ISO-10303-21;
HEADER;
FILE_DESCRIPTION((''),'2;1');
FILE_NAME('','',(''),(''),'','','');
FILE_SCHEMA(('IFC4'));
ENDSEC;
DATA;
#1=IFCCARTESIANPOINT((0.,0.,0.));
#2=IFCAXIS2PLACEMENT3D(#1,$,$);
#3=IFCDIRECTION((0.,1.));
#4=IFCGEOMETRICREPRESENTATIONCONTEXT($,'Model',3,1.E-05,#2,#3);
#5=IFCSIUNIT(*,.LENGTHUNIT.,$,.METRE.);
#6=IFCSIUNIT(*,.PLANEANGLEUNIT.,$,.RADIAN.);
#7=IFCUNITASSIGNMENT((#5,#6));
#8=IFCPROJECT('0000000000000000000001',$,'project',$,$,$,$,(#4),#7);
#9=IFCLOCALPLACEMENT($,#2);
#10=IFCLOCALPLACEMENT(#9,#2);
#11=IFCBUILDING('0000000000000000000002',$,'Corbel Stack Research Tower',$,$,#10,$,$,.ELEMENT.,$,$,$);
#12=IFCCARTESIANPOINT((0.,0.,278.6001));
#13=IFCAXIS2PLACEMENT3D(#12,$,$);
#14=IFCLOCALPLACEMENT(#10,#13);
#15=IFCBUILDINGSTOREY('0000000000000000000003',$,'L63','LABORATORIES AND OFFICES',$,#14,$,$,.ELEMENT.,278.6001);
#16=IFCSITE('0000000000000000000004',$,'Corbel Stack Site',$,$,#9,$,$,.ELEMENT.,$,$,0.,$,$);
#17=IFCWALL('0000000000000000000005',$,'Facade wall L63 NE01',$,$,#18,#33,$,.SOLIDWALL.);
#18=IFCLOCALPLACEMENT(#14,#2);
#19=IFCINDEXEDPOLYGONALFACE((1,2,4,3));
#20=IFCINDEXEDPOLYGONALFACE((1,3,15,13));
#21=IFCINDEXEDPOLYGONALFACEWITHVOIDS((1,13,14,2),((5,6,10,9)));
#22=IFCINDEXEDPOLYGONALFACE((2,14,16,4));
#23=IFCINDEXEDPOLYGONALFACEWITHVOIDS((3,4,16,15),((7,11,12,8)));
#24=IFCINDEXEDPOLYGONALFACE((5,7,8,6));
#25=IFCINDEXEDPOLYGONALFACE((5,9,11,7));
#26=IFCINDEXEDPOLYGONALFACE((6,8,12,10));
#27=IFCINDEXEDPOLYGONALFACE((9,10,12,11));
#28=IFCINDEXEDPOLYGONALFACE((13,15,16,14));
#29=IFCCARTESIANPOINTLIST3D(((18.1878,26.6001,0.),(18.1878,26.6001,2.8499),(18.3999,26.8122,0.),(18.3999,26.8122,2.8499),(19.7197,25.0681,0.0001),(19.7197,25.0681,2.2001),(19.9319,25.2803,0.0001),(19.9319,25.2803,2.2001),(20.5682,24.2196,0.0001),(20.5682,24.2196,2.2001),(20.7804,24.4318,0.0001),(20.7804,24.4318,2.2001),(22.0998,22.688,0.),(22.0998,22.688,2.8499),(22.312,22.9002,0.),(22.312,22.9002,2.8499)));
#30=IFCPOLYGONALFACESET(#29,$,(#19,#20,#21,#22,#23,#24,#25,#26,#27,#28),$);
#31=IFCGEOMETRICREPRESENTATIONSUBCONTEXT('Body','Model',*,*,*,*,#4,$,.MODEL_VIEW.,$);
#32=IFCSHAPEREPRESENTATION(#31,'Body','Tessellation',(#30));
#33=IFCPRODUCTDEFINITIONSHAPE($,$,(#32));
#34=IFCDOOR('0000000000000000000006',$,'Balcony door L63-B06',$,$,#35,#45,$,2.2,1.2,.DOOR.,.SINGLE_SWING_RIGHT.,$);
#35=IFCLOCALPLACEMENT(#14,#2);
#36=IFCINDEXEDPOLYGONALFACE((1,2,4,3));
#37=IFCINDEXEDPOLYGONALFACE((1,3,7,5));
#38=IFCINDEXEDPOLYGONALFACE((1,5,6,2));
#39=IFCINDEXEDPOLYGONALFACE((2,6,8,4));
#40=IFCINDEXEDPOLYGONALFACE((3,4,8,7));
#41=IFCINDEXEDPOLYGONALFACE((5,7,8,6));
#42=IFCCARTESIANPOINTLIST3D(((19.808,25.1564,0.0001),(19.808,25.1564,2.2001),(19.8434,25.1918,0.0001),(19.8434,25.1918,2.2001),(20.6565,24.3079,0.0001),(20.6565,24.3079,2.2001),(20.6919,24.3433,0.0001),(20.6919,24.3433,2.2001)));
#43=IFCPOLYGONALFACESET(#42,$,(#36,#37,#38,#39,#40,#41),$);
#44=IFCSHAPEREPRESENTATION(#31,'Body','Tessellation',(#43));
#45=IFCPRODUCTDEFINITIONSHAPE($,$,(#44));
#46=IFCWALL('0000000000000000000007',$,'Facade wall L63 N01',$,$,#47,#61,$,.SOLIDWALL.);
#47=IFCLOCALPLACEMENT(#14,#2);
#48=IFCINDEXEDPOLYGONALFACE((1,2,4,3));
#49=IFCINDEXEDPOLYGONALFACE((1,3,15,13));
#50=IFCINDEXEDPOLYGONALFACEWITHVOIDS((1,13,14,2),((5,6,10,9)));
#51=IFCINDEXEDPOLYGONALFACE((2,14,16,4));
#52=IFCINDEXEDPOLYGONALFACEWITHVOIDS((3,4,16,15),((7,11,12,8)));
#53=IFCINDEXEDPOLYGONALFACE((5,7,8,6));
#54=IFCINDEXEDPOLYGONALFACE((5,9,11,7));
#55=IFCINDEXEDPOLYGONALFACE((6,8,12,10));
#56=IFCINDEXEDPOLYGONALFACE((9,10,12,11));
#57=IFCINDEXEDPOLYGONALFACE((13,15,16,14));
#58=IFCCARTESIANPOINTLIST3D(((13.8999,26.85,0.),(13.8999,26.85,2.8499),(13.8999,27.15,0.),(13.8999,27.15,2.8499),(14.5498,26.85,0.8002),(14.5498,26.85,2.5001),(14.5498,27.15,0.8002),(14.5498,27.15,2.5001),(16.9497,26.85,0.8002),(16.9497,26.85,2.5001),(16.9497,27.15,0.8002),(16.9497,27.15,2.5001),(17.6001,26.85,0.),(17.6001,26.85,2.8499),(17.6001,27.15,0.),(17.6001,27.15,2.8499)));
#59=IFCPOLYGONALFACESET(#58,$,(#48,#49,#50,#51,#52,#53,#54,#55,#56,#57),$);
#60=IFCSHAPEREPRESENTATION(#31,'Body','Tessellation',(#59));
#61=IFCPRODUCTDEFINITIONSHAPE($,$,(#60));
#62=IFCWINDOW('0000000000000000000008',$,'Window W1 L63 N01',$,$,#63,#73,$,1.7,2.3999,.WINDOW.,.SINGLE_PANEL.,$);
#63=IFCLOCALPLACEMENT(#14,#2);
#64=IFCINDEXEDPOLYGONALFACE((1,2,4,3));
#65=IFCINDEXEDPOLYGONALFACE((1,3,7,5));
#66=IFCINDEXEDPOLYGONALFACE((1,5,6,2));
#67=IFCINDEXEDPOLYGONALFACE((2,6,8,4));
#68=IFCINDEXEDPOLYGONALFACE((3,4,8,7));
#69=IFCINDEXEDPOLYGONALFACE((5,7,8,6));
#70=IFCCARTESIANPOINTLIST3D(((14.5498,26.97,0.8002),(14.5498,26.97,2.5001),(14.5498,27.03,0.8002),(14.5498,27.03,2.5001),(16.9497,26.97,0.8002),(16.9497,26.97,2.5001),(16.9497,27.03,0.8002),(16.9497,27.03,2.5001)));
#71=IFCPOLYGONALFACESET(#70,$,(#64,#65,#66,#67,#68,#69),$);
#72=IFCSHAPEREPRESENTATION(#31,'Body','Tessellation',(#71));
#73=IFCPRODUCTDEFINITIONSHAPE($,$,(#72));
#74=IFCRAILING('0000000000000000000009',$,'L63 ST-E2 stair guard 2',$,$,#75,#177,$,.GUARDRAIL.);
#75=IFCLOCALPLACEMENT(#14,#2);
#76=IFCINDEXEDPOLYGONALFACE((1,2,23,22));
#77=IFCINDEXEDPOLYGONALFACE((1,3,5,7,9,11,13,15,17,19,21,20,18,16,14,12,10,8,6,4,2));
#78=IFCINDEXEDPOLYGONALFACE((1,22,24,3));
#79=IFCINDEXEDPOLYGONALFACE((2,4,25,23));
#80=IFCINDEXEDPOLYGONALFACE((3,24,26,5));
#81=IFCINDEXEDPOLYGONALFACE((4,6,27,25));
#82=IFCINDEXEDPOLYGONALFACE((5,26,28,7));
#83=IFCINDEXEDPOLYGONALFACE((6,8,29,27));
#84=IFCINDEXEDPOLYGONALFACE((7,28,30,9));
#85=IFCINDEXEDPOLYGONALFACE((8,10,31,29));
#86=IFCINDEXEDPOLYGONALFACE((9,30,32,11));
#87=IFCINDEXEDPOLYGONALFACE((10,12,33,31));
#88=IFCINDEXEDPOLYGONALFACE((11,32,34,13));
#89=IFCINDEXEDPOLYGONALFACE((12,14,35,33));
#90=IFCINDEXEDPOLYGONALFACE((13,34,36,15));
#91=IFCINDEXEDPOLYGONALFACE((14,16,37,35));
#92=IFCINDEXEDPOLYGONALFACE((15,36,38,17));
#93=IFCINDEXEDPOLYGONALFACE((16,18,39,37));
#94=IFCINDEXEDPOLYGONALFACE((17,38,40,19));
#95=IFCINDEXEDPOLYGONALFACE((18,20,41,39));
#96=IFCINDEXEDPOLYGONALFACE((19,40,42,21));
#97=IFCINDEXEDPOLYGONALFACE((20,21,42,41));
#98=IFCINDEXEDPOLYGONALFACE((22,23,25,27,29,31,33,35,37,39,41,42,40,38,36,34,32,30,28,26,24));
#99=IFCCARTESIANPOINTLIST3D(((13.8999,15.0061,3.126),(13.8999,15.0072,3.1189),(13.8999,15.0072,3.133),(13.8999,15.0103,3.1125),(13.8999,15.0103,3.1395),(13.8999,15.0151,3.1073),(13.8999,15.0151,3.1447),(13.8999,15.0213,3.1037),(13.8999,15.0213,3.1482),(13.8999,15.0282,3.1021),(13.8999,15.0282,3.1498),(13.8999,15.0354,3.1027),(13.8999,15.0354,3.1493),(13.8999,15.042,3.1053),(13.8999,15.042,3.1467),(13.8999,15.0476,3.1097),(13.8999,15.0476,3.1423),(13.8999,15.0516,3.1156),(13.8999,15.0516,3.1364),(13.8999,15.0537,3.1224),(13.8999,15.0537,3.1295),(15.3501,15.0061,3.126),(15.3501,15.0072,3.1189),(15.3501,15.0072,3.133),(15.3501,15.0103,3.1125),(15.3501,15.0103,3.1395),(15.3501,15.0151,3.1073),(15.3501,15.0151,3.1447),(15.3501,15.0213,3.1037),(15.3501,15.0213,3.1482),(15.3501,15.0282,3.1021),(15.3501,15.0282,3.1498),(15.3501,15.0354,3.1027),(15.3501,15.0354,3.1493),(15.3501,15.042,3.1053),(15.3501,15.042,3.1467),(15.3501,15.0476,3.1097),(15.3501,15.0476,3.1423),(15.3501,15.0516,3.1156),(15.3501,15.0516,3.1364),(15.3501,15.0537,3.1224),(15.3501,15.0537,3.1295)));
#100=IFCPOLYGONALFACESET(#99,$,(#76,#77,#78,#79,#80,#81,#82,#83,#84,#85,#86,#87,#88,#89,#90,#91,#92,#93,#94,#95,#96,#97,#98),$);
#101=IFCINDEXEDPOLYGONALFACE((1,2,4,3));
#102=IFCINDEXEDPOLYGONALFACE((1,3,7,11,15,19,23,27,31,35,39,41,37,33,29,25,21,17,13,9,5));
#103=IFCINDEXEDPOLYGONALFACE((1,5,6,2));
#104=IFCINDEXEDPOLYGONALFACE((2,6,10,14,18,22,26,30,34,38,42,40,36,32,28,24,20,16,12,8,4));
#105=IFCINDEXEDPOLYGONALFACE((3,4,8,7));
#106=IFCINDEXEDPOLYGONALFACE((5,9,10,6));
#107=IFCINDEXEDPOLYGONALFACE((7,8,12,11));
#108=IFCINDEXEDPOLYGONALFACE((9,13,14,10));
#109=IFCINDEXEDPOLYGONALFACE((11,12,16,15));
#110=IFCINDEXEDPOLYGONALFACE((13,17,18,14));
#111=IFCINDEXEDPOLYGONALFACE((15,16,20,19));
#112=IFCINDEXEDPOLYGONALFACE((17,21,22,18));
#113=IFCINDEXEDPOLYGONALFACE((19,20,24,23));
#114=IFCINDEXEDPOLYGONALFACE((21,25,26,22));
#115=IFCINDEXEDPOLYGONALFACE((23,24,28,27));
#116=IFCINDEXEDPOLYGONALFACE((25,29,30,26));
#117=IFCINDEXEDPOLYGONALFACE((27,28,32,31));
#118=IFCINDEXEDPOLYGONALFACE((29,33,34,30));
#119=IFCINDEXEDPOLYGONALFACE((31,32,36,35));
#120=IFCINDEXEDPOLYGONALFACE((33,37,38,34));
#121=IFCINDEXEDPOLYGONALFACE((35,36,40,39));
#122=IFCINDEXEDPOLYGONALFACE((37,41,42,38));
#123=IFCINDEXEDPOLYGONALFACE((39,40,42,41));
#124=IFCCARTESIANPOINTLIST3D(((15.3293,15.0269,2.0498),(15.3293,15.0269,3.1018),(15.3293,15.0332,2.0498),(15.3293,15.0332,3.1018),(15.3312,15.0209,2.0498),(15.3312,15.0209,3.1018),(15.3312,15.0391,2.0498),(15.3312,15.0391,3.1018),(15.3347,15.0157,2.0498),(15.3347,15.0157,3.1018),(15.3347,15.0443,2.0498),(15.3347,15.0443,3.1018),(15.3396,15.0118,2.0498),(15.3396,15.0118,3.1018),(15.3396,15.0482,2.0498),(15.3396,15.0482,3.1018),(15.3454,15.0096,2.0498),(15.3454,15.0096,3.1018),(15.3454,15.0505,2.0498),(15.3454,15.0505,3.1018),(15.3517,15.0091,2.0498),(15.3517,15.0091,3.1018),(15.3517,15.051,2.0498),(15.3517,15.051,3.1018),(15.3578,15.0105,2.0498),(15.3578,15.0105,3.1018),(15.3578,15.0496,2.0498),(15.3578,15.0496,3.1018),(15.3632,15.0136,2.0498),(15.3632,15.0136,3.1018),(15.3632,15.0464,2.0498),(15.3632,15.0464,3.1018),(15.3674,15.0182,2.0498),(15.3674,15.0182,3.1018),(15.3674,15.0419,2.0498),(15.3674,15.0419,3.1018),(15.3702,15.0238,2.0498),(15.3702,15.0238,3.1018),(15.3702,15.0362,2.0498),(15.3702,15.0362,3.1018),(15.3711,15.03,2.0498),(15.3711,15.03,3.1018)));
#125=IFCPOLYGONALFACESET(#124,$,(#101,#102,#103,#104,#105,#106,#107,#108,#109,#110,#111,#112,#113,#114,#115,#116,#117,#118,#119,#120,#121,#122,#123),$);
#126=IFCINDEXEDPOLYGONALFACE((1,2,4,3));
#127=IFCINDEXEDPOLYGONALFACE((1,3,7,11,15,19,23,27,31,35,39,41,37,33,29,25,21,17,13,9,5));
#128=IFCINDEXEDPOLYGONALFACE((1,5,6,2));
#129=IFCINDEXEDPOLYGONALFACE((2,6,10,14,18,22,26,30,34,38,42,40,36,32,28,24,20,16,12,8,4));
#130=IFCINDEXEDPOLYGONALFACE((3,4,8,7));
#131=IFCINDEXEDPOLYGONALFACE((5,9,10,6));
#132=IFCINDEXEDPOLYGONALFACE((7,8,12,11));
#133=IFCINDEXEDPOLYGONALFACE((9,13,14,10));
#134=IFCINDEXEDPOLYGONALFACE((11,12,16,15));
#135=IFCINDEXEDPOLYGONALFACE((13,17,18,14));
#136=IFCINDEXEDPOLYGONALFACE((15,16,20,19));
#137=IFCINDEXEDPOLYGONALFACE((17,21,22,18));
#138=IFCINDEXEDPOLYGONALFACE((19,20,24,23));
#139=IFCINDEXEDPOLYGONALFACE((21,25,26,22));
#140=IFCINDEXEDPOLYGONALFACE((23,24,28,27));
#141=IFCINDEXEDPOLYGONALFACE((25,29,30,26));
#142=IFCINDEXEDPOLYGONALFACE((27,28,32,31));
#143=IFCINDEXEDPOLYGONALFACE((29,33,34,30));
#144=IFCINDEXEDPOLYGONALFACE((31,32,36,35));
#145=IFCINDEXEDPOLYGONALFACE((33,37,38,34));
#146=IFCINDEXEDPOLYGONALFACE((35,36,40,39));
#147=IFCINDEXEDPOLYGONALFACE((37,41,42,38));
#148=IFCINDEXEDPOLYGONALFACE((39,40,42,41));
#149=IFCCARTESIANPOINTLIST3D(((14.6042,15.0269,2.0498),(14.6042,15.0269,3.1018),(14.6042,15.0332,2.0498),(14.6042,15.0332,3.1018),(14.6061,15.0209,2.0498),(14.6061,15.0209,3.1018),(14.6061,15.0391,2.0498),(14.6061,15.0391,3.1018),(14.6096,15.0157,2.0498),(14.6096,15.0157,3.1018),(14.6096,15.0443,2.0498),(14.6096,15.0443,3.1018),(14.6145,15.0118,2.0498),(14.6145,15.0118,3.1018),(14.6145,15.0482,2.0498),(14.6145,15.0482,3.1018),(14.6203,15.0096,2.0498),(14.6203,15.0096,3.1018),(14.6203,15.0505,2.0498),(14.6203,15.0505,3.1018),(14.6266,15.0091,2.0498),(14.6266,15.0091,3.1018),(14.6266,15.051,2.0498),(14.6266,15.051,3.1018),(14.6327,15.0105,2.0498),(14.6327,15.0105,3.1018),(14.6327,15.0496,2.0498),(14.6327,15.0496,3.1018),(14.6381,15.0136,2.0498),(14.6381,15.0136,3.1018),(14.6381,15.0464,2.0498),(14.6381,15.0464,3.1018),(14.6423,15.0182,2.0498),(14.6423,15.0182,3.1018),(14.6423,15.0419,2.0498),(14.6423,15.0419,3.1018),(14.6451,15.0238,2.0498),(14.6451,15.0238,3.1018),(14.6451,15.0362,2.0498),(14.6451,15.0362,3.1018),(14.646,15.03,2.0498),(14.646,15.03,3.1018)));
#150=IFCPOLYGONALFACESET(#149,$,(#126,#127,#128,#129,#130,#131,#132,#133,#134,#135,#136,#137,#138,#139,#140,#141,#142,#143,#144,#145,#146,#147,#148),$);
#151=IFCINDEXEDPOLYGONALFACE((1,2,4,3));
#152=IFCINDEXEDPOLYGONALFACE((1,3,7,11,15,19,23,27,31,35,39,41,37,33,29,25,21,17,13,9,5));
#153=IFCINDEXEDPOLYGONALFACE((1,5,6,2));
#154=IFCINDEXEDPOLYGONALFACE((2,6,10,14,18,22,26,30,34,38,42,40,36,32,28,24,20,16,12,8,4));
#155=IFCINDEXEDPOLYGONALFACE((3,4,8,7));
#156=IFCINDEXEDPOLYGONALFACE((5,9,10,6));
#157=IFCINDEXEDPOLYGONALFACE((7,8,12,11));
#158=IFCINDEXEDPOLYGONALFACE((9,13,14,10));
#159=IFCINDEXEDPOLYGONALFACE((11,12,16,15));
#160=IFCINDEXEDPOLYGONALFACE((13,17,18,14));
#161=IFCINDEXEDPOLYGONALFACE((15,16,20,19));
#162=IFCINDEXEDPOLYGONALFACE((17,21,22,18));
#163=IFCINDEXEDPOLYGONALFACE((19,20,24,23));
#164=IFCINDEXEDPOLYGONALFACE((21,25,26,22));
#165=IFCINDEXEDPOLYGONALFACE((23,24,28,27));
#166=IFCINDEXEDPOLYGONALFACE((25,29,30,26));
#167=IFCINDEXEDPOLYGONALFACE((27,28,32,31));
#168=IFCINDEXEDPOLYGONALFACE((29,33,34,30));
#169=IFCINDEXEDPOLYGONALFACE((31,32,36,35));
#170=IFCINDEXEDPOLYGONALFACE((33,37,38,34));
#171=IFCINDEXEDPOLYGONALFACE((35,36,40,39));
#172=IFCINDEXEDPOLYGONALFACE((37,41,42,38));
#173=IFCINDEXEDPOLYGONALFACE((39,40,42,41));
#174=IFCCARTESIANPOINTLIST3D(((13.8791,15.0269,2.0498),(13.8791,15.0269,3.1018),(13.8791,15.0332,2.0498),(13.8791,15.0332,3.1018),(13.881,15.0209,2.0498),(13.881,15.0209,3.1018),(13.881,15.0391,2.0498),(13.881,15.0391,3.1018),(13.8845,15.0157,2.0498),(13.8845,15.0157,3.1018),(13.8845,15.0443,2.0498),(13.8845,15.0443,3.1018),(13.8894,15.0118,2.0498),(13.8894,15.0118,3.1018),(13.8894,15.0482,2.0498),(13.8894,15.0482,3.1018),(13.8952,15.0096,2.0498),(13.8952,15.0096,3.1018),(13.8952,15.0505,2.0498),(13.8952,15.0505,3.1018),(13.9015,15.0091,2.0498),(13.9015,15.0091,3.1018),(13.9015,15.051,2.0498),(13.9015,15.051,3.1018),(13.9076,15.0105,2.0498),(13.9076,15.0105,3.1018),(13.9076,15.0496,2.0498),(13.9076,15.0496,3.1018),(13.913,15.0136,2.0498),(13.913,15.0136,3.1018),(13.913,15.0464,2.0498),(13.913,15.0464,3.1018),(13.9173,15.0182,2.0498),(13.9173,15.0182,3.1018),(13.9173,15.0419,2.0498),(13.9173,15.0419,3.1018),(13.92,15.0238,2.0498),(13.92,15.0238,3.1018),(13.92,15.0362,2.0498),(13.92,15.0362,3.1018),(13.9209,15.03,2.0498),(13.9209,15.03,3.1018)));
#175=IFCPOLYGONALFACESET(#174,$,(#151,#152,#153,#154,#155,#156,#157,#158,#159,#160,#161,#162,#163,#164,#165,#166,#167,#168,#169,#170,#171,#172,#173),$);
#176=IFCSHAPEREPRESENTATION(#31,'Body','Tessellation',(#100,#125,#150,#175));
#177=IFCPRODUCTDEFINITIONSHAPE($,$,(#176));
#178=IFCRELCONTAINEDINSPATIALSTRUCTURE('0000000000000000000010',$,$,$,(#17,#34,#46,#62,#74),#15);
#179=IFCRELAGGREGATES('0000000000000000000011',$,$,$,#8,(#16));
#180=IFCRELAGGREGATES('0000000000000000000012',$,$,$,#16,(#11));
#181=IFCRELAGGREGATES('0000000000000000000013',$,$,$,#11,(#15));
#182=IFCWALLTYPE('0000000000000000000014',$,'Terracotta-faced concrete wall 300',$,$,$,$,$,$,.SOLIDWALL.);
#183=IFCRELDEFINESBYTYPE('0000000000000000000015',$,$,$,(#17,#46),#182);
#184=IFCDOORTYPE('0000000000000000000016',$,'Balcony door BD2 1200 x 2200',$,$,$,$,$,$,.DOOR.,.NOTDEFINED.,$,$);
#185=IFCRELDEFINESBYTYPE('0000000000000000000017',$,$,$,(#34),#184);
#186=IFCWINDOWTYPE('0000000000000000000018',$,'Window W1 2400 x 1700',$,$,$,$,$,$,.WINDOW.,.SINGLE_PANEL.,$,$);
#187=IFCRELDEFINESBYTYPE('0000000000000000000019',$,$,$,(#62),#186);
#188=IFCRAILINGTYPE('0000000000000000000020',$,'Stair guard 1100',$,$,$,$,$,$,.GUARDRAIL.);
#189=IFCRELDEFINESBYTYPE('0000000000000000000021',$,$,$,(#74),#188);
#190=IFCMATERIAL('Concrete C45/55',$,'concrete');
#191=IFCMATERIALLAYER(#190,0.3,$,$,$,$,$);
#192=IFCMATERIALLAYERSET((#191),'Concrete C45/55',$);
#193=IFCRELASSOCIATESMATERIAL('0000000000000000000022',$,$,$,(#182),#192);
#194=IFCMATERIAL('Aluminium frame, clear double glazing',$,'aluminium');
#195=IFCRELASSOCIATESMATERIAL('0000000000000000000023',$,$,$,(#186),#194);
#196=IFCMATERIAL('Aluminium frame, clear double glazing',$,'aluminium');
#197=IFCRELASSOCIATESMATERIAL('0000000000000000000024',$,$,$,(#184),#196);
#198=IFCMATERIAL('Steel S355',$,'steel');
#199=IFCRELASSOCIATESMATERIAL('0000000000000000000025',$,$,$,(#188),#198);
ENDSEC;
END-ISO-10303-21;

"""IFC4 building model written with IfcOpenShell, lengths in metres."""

from ifc_helpers import new_model, si_unit, direction, frame, frame_2d, origin, origin_2d, place, context, subcontext, project, spatial, rectangle, circle, extrude, material, layer, layer_set, type_object, element, fill, save


model = new_model("IFC4")

# Units and contexts
model_context = context("Model", 3, precision=1e-05, world=origin(), true_north=direction((0.0, 1.0)))
body_context = subcontext(model_context, "Body", "Model", "MODEL_VIEW")
ifc_project = project(units=[si_unit("LENGTHUNIT", "METRE"), si_unit("PLANEANGLEUNIT", "RADIAN")], contexts=[model_context])

# Site, building, storey
site_placement = place(None, origin())
site = spatial("IfcSite", under=ifc_project, at=site_placement, Name="Corbel Stack Site", CompositionType="ELEMENT", RefElevation=0.0)
building_placement = place(site_placement, origin())
building = spatial("IfcBuilding", under=site, at=building_placement, Name="Corbel Stack Research Tower", CompositionType="ELEMENT")
storey_placement = place(building_placement, frame((0.0, 0.0, 278.6001)))
storey = spatial("IfcBuildingStorey", under=building, at=storey_placement, Name="L63", Description="LABORATORIES AND OFFICES", CompositionType="ELEMENT", Elevation=278.6001)

# Shared definitions
ifc_material_1 = material(Name="Concrete C45/55", Category="concrete")
ifc_layer_1 = layer(ifc_material_1, 0.3)
ifc_layer_set_1 = layer_set([ifc_layer_1], Name="Concrete C45/55")
wall_type_1 = type_object("IfcWallType", Name="Terracotta-faced concrete wall 300", PredefinedType="SOLIDWALL", material=ifc_layer_set_1)

# Shared definitions
ifc_material_2 = material(Name="Aluminium frame, clear double glazing", Category="aluminium")
window_type = type_object("IfcWindowType", Name="Window W1 2400 x 1700", PartitioningType="SINGLE_PANEL", PredefinedType="WINDOW", material=ifc_material_2)

# Wall, opening, door
wall_1_placement = place(storey_placement, frame((18.2939, 26.7061, 0.0), z_axis=(0.0, 0.0, 1.0), x_axis=(0.707107, -0.707107, 0.0)))
wall_1 = element("IfcWall", 1, at=wall_1_placement, inside=storey, type_object=wall_type_1, Name="Facade wall L63 NE01", PredefinedType="SOLIDWALL", context=body_context, shape_type="SweptSolid", body=[
    extrude(rectangle(XDim=5.5325, YDim=0.3, at=frame_2d((2.7661, 0.0))), origin(), (0.0, 0.0, 1.0), 2.8499),
])
opening_1_placement = place(wall_1_placement, frame((2.1663, 0.0, 0.0)))
opening_1 = element("IfcOpeningElement", 2, at=opening_1_placement, cuts=wall_1, PredefinedType="OPENING", context=body_context, shape_type="SweptSolid", body=[
    extrude(rectangle(XDim=1.2, YDim=2.2, at=frame_2d((0.6001, 1.1001))), frame((0.0, 0.1599, 0.0), z_axis=(0.0, -1.0, 0.0), x_axis=(1.0, 0.0, 0.0)), (0.0, 0.0, 1.0), 0.3201),
])
ifc_material_3 = material(Name="Aluminium frame, clear double glazing", Category="aluminium")
door_type_1 = type_object("IfcDoorType", Name="Balcony door BD2 1200 x 2200", OperationType="NOTDEFINED", PredefinedType="DOOR", material=ifc_material_3)
door_1_placement = place(opening_1_placement, origin())
door_1 = element("IfcDoor", 3, at=door_1_placement, inside=storey, type_object=door_type_1, Name="Balcony door L63-B06", OperationType="SINGLE_SWING_RIGHT", OverallHeight=2.2, OverallWidth=1.2, PredefinedType="DOOR", context=body_context, shape_type="SweptSolid", body=[
    extrude(rectangle(XDim=1.2, YDim=2.2, at=frame_2d((0.6001, 1.1001))), frame((0.0, 0.0249, 0.0), z_axis=(0.0, -1.0, 0.0), x_axis=(1.0, 0.0, 0.0)), (0.0, 0.0, 1.0), 0.05),
])
fill(opening_1, door_1)

# Wall, opening, window
wall_2_placement = place(storey_placement, frame((13.8999, 27.0, 0.0), z_axis=(0.0, 0.0, 1.0), x_axis=(1.0, 0.0, 0.0)))
wall_2 = element("IfcWall", 4, at=wall_2_placement, inside=storey, type_object=wall_type_1, Name="Facade wall L63 N01", PredefinedType="SOLIDWALL", context=body_context, shape_type="SweptSolid", body=[
    extrude(rectangle(XDim=3.7002, YDim=0.3, at=frame_2d((1.8501, 0.0))), origin(), (0.0, 0.0, 1.0), 2.8499),
])
opening_2_placement = place(wall_2_placement, frame((0.6499, 0.0, 0.8)))
opening_2 = element("IfcOpeningElement", 5, at=opening_2_placement, cuts=wall_2, PredefinedType="OPENING", context=body_context, shape_type="SweptSolid", body=[
    extrude(rectangle(XDim=2.3999, YDim=1.7, at=frame_2d((1.2, 0.8501))), frame((0.0, 0.1599, 0.0), z_axis=(0.0, -1.0, 0.0), x_axis=(1.0, 0.0, 0.0)), (0.0, 0.0, 1.0), 0.3201),
])
window_1_placement = place(opening_2_placement, origin())
window_1 = element("IfcWindow", 6, at=window_1_placement, inside=storey, type_object=window_type, Name="Window W1 L63 N01", OverallHeight=1.7, OverallWidth=2.3999, PartitioningType="SINGLE_PANEL", PredefinedType="WINDOW", context=body_context, shape_type="SweptSolid", body=[
    extrude(rectangle(XDim=2.3999, YDim=1.7, at=frame_2d((1.2, 0.8501))), frame((0.0, 0.03, 0.0), z_axis=(0.0, -1.0, 0.0), x_axis=(1.0, 0.0, 0.0)), (0.0, 0.0, 1.0), 0.0601),
])
fill(opening_2, window_1)

# Railing
ifc_material_4 = material(Name="Steel S355", Category="steel")
railing_type_1 = type_object("IfcRailingType", Name="Stair guard 1100", PredefinedType="GUARDRAIL", material=ifc_material_4)
railing_1_placement = place(storey_placement, frame((15.3501, 15.03, 2.0498)))
element("IfcRailing", 7, at=railing_1_placement, inside=storey, type_object=railing_type_1, Name="L63 ST-E2 stair guard 2", PredefinedType="GUARDRAIL", context=body_context, shape_type="SweptSolid", body=[
    extrude(circle(Radius=0.0239, at=origin_2d()), frame((0.0, 0.0, 1.0762), z_axis=(-1.0, 0.0, 0.0), x_axis=(0.0, -1.0, 0.0)), (0.0, 0.0, 1.0), 1.4502),
    extrude(circle(Radius=0.021, at=origin_2d()), origin(), (0.0, 0.0, 1.0), 1.052),
    extrude(circle(Radius=0.021, at=origin_2d()), frame((-0.7251, 0.0, 0.0)), (0.0, 0.0, 1.0), 1.052),
    extrude(circle(Radius=0.021, at=origin_2d()), frame((-1.4502, 0.0, 0.0)), (0.0, 0.0, 1.0), 1.052),
])

save(model, "model.ifc")
